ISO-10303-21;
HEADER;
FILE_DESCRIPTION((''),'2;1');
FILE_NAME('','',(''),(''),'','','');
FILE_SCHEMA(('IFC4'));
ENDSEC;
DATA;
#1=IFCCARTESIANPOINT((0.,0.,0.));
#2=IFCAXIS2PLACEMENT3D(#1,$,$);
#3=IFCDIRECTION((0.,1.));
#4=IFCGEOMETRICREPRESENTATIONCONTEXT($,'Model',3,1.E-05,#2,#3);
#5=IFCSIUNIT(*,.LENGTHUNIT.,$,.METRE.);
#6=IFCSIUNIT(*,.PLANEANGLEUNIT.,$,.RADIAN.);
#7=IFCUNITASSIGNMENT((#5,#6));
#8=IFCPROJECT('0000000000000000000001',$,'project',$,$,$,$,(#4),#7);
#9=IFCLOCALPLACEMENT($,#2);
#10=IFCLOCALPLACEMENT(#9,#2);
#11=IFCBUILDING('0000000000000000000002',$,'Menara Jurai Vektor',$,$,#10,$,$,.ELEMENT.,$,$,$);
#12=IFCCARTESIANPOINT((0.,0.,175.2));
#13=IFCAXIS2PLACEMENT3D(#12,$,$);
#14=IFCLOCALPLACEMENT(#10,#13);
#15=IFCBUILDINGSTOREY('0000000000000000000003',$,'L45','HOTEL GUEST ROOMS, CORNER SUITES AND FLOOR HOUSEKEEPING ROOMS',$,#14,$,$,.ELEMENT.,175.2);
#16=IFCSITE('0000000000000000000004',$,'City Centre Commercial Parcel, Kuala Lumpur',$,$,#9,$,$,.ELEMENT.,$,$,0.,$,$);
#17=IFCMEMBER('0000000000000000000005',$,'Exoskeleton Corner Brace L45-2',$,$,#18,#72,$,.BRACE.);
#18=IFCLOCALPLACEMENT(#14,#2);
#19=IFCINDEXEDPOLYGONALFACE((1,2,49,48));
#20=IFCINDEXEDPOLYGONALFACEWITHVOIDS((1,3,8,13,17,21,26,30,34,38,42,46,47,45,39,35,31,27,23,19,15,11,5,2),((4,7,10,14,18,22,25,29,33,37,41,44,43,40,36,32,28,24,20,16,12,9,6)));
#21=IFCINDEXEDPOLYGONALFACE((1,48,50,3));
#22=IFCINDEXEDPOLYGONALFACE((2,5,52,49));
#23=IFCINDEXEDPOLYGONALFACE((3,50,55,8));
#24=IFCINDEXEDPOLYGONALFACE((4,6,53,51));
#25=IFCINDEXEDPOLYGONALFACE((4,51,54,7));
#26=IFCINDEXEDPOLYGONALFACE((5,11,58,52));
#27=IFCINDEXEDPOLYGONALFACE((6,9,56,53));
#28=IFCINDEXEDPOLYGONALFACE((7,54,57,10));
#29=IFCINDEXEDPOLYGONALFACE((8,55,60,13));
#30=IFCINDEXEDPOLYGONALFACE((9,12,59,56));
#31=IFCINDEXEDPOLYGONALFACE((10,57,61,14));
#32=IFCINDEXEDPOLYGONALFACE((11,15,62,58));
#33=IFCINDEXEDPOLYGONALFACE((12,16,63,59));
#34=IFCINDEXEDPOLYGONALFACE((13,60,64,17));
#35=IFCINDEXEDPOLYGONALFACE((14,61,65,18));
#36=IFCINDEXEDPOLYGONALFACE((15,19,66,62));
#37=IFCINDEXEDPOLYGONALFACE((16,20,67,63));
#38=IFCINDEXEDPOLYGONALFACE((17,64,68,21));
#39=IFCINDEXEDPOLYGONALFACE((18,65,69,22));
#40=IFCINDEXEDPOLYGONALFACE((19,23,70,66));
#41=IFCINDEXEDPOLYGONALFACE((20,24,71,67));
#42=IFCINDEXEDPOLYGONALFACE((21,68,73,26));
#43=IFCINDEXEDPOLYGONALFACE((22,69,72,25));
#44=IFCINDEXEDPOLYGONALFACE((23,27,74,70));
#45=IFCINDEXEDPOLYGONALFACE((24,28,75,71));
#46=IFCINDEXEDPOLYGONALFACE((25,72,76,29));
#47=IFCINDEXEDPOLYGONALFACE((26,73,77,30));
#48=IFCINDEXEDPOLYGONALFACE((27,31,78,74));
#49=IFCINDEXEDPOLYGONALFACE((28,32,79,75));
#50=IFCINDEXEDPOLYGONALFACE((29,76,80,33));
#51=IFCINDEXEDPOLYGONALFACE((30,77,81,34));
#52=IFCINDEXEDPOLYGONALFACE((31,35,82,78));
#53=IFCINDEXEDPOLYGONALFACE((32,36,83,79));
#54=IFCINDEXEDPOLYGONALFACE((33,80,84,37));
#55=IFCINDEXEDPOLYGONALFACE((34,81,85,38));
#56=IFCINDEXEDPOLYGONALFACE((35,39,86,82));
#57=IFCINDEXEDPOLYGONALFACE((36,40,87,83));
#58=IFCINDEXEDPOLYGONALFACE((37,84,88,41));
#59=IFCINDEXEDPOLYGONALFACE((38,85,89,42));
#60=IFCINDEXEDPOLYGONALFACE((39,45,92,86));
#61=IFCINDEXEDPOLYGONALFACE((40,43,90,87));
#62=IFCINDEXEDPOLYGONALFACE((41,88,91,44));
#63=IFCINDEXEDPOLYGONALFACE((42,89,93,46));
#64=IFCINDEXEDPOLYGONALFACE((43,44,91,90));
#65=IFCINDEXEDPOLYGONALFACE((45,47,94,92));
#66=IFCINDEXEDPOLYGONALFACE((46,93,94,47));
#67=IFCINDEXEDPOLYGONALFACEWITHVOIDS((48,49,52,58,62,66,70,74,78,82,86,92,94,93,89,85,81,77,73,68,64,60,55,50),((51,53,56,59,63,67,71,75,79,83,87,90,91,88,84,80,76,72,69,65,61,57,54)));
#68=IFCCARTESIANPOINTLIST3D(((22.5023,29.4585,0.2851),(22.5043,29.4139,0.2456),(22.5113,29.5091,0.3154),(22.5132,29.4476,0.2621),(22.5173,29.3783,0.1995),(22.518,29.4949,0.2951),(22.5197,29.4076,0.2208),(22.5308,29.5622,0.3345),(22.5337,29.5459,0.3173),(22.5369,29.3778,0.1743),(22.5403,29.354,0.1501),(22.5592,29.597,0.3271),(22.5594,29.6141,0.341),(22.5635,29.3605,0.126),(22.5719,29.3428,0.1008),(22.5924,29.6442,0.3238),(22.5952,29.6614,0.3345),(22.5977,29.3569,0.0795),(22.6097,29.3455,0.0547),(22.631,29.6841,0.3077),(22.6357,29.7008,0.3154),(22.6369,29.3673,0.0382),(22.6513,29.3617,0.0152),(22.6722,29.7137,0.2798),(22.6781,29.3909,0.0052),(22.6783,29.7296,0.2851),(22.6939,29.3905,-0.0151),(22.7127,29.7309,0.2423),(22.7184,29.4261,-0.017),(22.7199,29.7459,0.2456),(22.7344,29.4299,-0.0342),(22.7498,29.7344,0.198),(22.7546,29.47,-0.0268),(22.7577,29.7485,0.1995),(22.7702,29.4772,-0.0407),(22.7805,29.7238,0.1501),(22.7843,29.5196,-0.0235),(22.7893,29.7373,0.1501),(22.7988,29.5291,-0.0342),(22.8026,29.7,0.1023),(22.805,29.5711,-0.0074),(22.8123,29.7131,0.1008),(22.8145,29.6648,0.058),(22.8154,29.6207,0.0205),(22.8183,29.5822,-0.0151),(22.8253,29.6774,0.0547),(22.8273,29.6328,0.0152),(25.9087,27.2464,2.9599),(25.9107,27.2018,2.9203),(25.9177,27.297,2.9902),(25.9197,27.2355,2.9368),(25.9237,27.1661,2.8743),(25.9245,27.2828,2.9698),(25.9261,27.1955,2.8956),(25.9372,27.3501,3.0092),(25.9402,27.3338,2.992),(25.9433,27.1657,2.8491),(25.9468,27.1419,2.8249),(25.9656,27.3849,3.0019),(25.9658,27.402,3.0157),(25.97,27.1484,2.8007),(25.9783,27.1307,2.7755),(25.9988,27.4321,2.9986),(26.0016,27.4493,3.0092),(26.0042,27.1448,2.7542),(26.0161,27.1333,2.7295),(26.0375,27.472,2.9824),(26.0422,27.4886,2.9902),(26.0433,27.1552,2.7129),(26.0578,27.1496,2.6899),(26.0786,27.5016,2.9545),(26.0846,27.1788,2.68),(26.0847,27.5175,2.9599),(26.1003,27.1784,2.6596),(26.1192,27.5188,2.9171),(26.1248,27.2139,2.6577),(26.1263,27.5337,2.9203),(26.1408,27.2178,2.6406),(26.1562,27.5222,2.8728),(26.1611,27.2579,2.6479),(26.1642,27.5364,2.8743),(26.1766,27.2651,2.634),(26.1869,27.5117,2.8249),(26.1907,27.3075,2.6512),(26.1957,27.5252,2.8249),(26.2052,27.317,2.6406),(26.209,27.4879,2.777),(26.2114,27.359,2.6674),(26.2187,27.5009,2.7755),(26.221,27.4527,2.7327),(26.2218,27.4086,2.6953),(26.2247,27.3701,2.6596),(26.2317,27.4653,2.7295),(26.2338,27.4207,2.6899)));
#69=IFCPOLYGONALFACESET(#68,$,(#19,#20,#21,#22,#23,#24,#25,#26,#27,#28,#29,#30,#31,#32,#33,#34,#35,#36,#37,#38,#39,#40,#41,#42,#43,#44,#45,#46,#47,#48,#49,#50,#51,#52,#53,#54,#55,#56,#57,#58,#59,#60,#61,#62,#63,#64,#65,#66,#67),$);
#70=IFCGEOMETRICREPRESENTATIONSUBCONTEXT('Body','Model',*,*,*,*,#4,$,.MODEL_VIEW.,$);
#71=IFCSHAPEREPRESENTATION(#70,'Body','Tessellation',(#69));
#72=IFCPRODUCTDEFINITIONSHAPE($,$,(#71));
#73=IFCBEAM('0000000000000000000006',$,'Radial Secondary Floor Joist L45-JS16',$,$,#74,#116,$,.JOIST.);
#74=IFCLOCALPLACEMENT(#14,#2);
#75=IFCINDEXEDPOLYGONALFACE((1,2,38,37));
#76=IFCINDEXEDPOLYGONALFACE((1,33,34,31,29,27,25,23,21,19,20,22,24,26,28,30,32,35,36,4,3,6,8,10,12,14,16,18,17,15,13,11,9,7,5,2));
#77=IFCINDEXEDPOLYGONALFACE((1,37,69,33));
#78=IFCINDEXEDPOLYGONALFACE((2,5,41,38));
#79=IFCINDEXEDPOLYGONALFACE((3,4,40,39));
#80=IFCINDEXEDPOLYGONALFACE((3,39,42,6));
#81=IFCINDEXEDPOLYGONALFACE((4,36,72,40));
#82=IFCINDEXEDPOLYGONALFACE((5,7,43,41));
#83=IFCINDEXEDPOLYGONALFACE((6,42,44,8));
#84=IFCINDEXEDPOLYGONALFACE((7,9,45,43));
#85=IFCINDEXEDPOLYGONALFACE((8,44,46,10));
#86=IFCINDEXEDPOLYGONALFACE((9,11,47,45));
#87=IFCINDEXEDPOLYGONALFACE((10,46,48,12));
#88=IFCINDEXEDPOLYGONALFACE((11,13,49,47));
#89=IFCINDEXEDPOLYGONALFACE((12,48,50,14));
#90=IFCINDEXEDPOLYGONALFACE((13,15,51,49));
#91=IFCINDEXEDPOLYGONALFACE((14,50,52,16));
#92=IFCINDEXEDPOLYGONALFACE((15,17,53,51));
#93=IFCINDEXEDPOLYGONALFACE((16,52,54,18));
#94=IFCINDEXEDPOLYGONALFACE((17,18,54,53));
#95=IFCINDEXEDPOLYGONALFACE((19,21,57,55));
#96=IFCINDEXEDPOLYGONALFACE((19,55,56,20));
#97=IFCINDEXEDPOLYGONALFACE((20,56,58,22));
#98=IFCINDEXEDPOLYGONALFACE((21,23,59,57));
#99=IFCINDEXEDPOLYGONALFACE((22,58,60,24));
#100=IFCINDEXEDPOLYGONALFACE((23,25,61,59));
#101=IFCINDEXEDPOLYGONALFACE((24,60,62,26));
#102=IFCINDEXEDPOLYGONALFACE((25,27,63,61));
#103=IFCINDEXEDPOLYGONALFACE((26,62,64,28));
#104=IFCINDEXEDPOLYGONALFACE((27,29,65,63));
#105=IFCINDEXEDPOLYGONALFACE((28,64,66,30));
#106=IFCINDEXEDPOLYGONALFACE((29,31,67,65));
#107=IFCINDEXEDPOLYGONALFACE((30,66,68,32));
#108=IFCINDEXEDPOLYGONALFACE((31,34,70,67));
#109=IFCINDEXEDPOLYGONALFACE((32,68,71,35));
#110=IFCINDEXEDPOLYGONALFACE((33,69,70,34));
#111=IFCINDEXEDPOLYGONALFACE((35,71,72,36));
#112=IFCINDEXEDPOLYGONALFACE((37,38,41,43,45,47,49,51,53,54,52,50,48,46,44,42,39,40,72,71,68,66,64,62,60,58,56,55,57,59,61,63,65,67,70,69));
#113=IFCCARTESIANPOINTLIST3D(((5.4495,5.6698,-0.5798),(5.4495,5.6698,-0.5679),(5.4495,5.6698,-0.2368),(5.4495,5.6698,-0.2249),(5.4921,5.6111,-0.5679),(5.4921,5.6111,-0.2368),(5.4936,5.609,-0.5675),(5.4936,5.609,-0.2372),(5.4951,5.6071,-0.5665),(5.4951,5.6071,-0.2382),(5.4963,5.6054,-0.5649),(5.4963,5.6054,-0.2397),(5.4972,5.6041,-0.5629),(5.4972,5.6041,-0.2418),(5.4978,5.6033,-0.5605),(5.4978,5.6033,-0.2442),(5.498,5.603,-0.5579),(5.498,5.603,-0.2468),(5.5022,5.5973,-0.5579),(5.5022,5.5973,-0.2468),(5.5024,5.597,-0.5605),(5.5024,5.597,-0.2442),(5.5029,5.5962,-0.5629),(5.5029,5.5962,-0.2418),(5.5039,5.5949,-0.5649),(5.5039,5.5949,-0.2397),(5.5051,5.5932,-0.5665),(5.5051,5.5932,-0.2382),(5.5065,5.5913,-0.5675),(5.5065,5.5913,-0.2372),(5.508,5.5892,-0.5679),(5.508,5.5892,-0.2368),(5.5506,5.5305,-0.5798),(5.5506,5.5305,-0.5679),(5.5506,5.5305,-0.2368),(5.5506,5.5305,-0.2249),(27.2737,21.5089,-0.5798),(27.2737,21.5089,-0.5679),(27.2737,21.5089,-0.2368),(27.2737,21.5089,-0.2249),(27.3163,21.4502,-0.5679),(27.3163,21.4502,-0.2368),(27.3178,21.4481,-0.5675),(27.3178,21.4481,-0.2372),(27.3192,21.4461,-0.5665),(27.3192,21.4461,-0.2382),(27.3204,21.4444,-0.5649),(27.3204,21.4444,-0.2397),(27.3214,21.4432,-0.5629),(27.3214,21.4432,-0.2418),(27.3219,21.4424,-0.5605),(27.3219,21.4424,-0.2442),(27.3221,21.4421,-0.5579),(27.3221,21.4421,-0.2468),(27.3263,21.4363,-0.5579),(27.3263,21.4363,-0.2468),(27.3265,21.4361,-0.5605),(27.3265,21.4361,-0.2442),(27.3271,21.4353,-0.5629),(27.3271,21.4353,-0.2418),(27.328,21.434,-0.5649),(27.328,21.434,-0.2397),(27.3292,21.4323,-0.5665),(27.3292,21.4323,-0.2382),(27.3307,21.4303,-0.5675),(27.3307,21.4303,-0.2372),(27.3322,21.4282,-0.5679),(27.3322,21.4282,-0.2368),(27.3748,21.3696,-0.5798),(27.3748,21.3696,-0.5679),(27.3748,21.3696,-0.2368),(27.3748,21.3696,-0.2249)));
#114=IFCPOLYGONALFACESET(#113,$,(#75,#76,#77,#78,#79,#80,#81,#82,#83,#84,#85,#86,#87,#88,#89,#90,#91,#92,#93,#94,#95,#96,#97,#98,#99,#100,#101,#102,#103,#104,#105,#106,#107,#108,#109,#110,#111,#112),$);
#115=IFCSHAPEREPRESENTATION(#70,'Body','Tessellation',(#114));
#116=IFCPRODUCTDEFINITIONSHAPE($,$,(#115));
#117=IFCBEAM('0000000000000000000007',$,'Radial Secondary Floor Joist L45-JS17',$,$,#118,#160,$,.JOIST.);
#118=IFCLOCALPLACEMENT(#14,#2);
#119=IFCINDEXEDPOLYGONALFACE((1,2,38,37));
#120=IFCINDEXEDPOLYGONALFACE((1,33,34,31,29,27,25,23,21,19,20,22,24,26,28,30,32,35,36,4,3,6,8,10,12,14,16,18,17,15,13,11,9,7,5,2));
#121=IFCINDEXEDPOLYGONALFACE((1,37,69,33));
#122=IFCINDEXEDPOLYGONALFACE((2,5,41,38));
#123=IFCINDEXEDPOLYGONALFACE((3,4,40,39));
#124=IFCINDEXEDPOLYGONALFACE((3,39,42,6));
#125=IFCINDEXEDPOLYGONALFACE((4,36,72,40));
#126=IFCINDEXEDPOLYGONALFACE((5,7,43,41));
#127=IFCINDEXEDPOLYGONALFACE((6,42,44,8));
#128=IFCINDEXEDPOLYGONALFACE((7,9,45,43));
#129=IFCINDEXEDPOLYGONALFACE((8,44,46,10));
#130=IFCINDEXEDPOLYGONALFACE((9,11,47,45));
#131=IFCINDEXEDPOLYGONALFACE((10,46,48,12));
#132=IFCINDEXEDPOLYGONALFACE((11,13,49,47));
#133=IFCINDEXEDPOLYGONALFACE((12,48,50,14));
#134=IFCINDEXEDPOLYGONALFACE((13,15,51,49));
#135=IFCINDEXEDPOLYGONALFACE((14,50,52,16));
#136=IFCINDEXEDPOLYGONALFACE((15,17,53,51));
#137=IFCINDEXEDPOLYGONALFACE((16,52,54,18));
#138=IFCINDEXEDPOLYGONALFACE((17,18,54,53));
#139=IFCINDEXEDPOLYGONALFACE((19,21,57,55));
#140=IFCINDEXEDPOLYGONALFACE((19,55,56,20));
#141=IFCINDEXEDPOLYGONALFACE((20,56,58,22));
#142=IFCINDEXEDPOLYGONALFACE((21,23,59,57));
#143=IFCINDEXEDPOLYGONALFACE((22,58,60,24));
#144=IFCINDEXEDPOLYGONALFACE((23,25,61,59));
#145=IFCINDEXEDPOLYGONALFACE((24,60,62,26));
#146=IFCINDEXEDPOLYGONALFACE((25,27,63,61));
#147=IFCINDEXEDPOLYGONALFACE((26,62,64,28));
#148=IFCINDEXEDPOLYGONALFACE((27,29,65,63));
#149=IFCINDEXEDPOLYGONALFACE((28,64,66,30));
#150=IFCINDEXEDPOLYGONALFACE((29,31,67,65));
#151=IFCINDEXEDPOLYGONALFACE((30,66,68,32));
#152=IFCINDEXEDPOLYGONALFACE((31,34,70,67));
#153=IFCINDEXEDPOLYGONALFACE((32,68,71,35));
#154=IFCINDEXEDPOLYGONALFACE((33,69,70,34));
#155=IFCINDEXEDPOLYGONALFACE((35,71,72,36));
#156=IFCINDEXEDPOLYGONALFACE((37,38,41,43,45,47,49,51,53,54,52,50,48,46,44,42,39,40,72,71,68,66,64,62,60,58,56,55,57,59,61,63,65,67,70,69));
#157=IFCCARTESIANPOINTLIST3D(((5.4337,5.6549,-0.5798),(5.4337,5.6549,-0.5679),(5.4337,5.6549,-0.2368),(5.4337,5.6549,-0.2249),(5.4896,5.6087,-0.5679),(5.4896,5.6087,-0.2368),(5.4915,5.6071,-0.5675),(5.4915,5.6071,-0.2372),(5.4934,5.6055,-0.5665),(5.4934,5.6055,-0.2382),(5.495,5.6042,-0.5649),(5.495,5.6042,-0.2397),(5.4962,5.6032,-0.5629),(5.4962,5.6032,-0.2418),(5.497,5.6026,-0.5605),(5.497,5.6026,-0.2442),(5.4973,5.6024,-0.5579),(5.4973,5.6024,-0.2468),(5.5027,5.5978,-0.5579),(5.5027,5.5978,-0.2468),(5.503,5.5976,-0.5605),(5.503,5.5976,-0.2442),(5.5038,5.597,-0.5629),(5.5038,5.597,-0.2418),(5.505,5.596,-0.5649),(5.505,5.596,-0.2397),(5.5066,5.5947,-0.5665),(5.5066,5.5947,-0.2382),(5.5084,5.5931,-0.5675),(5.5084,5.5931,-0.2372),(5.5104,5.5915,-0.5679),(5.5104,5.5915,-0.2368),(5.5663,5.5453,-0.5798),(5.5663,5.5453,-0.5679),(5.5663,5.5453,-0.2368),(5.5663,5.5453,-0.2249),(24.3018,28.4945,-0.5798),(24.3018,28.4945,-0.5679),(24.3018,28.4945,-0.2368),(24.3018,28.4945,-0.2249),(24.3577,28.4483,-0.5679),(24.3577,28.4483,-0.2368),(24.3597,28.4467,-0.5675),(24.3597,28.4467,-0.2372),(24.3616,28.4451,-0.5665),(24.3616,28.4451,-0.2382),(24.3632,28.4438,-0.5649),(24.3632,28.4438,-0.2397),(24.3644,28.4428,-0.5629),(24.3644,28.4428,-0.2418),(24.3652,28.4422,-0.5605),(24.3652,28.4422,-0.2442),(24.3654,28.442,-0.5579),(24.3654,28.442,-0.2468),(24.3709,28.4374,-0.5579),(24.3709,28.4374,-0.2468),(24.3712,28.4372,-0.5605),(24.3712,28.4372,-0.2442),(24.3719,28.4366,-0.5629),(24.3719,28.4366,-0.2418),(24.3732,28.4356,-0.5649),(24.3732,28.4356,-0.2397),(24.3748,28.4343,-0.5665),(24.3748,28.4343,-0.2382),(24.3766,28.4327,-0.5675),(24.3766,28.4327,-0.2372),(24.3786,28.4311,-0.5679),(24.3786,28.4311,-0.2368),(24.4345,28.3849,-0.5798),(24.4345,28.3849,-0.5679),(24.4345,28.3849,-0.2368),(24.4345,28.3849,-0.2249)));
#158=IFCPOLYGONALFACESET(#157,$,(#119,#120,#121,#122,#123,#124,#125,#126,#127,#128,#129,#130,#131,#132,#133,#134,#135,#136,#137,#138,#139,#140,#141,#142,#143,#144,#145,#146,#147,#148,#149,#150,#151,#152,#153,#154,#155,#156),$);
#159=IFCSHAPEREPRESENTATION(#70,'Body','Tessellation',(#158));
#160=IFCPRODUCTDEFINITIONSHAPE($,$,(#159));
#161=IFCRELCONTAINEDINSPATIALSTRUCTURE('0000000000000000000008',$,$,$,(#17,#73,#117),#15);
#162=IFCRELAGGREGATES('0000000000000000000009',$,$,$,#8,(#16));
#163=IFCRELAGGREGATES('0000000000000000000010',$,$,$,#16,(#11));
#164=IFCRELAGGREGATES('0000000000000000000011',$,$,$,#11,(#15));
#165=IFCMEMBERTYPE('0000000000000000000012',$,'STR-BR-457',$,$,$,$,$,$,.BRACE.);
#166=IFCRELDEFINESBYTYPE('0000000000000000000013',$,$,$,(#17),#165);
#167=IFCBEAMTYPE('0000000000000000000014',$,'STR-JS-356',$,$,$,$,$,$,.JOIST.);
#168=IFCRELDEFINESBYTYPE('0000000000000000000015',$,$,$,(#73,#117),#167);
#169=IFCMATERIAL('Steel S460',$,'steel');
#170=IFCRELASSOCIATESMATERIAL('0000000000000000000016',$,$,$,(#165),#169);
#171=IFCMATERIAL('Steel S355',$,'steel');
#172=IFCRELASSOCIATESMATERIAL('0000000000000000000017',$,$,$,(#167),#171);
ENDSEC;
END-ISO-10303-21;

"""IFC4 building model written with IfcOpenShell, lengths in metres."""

from ifc_helpers import new_model, si_unit, direction, frame, origin, origin_2d, place, context, subcontext, project, spatial, hollow_circle, i_section, extrude, material, material_profile, profile_set, type_object, element, save


model = new_model("IFC4")

# Units and contexts
model_context = context("Model", 3, precision=1e-05, world=origin(), true_north=direction((0.0, 1.0)))
body_context = subcontext(model_context, "Body", "Model", "MODEL_VIEW")
ifc_project = project(units=[si_unit("LENGTHUNIT", "METRE"), si_unit("PLANEANGLEUNIT", "RADIAN")], contexts=[model_context])

# Site, building, storey
site_placement = place(None, origin())
site = spatial("IfcSite", under=ifc_project, at=site_placement, Name="City Centre Commercial Parcel, Kuala Lumpur", CompositionType="ELEMENT", RefElevation=0.0)
building_placement = place(site_placement, origin())
building = spatial("IfcBuilding", under=site, at=building_placement, Name="Menara Jurai Vektor", CompositionType="ELEMENT")
storey_placement = place(building_placement, frame((0.0, 0.0, 175.2)))
storey = spatial("IfcBuildingStorey", under=building, at=storey_placement, Name="L45", Description="HOTEL GUEST ROOMS, CORNER SUITES AND FLOOR HOUSEKEEPING ROOMS", CompositionType="ELEMENT", Elevation=175.2)

# Shared definitions
ifc_material_1 = material(Name="Steel S460", Category="steel")

# Shared definitions
ifc_material_2 = material(Name="Steel S355", Category="steel")

# Member
ifc_material_profile_1 = material_profile(ifc_material_1, hollow_circle(Radius=0.2285, WallThickness=0.0161, at=origin_2d()), Name="CHS 457x16")
ifc_profile_set_1 = profile_set([ifc_material_profile_1], Name="Steel S460")
member_type_1 = type_object("IfcMemberType", Name="STR-BR-457", PredefinedType="BRACE", material=ifc_profile_set_1)
member_1_placement = place(storey_placement, frame((22.6648, 29.5457, 0.1501), z_axis=(0.700438, -0.454861, 0.549989), x_axis=(0.544631, 0.838676, 0.0)))
element("IfcMember", 1, at=member_1_placement, inside=storey, type_object=member_type_1, Name="Exoskeleton Corner Brace L45-2", PredefinedType="BRACE", context=body_context, shape_type="SweptSolid", body=[
    extrude(hollow_circle(Radius=0.2285, WallThickness=0.0161, at=origin_2d()), origin(), (0.0, 0.0, 1.0), 4.8633),
])

# Beams
ifc_material_profile_2 = material_profile(ifc_material_2, i_section(OverallWidth=0.1721, OverallDepth=0.355, WebThickness=0.0071, FlangeThickness=0.012, FilletRadius=0.01, at=origin_2d()), Name="UKB 356x171x51")
ifc_profile_set_2 = profile_set([ifc_material_profile_2], Name="Steel S355")
beam_type_1 = type_object("IfcBeamType", Name="STR-JS-356", PredefinedType="JOIST", material=ifc_profile_set_2)
beam_1_placement = place(storey_placement, frame((27.3242, 21.4392, -0.4023), z_axis=(-0.809319, -0.58737, 0.0), x_axis=(0.58737, -0.809319, 0.0)))
element("IfcBeam", 2, at=beam_1_placement, inside=storey, type_object=beam_type_1, Name="Radial Secondary Floor Joist L45-JS16", PredefinedType="JOIST", context=body_context, shape_type="SweptSolid", body=[
    extrude(i_section(OverallWidth=0.1721, OverallDepth=0.355, WebThickness=0.0071, FlangeThickness=0.012, FilletRadius=0.01, at=origin_2d()), origin(), (0.0, 0.0, 1.0), 26.9661),
])
beam_2_placement = place(storey_placement, frame((24.3682, 28.4397, -0.4023), z_axis=(-0.636895, -0.770951, 0.0), x_axis=(0.770951, -0.636895, 0.0)))
element("IfcBeam", 3, at=beam_2_placement, inside=storey, type_object=beam_type_1, Name="Radial Secondary Floor Joist L45-JS17", PredefinedType="JOIST", context=body_context, shape_type="SweptSolid", body=[
    extrude(i_section(OverallWidth=0.1721, OverallDepth=0.355, WebThickness=0.0071, FlangeThickness=0.012, FilletRadius=0.01, at=origin_2d()), origin(), (0.0, 0.0, 1.0), 29.6252),
])

save(model, "model.ifc")
